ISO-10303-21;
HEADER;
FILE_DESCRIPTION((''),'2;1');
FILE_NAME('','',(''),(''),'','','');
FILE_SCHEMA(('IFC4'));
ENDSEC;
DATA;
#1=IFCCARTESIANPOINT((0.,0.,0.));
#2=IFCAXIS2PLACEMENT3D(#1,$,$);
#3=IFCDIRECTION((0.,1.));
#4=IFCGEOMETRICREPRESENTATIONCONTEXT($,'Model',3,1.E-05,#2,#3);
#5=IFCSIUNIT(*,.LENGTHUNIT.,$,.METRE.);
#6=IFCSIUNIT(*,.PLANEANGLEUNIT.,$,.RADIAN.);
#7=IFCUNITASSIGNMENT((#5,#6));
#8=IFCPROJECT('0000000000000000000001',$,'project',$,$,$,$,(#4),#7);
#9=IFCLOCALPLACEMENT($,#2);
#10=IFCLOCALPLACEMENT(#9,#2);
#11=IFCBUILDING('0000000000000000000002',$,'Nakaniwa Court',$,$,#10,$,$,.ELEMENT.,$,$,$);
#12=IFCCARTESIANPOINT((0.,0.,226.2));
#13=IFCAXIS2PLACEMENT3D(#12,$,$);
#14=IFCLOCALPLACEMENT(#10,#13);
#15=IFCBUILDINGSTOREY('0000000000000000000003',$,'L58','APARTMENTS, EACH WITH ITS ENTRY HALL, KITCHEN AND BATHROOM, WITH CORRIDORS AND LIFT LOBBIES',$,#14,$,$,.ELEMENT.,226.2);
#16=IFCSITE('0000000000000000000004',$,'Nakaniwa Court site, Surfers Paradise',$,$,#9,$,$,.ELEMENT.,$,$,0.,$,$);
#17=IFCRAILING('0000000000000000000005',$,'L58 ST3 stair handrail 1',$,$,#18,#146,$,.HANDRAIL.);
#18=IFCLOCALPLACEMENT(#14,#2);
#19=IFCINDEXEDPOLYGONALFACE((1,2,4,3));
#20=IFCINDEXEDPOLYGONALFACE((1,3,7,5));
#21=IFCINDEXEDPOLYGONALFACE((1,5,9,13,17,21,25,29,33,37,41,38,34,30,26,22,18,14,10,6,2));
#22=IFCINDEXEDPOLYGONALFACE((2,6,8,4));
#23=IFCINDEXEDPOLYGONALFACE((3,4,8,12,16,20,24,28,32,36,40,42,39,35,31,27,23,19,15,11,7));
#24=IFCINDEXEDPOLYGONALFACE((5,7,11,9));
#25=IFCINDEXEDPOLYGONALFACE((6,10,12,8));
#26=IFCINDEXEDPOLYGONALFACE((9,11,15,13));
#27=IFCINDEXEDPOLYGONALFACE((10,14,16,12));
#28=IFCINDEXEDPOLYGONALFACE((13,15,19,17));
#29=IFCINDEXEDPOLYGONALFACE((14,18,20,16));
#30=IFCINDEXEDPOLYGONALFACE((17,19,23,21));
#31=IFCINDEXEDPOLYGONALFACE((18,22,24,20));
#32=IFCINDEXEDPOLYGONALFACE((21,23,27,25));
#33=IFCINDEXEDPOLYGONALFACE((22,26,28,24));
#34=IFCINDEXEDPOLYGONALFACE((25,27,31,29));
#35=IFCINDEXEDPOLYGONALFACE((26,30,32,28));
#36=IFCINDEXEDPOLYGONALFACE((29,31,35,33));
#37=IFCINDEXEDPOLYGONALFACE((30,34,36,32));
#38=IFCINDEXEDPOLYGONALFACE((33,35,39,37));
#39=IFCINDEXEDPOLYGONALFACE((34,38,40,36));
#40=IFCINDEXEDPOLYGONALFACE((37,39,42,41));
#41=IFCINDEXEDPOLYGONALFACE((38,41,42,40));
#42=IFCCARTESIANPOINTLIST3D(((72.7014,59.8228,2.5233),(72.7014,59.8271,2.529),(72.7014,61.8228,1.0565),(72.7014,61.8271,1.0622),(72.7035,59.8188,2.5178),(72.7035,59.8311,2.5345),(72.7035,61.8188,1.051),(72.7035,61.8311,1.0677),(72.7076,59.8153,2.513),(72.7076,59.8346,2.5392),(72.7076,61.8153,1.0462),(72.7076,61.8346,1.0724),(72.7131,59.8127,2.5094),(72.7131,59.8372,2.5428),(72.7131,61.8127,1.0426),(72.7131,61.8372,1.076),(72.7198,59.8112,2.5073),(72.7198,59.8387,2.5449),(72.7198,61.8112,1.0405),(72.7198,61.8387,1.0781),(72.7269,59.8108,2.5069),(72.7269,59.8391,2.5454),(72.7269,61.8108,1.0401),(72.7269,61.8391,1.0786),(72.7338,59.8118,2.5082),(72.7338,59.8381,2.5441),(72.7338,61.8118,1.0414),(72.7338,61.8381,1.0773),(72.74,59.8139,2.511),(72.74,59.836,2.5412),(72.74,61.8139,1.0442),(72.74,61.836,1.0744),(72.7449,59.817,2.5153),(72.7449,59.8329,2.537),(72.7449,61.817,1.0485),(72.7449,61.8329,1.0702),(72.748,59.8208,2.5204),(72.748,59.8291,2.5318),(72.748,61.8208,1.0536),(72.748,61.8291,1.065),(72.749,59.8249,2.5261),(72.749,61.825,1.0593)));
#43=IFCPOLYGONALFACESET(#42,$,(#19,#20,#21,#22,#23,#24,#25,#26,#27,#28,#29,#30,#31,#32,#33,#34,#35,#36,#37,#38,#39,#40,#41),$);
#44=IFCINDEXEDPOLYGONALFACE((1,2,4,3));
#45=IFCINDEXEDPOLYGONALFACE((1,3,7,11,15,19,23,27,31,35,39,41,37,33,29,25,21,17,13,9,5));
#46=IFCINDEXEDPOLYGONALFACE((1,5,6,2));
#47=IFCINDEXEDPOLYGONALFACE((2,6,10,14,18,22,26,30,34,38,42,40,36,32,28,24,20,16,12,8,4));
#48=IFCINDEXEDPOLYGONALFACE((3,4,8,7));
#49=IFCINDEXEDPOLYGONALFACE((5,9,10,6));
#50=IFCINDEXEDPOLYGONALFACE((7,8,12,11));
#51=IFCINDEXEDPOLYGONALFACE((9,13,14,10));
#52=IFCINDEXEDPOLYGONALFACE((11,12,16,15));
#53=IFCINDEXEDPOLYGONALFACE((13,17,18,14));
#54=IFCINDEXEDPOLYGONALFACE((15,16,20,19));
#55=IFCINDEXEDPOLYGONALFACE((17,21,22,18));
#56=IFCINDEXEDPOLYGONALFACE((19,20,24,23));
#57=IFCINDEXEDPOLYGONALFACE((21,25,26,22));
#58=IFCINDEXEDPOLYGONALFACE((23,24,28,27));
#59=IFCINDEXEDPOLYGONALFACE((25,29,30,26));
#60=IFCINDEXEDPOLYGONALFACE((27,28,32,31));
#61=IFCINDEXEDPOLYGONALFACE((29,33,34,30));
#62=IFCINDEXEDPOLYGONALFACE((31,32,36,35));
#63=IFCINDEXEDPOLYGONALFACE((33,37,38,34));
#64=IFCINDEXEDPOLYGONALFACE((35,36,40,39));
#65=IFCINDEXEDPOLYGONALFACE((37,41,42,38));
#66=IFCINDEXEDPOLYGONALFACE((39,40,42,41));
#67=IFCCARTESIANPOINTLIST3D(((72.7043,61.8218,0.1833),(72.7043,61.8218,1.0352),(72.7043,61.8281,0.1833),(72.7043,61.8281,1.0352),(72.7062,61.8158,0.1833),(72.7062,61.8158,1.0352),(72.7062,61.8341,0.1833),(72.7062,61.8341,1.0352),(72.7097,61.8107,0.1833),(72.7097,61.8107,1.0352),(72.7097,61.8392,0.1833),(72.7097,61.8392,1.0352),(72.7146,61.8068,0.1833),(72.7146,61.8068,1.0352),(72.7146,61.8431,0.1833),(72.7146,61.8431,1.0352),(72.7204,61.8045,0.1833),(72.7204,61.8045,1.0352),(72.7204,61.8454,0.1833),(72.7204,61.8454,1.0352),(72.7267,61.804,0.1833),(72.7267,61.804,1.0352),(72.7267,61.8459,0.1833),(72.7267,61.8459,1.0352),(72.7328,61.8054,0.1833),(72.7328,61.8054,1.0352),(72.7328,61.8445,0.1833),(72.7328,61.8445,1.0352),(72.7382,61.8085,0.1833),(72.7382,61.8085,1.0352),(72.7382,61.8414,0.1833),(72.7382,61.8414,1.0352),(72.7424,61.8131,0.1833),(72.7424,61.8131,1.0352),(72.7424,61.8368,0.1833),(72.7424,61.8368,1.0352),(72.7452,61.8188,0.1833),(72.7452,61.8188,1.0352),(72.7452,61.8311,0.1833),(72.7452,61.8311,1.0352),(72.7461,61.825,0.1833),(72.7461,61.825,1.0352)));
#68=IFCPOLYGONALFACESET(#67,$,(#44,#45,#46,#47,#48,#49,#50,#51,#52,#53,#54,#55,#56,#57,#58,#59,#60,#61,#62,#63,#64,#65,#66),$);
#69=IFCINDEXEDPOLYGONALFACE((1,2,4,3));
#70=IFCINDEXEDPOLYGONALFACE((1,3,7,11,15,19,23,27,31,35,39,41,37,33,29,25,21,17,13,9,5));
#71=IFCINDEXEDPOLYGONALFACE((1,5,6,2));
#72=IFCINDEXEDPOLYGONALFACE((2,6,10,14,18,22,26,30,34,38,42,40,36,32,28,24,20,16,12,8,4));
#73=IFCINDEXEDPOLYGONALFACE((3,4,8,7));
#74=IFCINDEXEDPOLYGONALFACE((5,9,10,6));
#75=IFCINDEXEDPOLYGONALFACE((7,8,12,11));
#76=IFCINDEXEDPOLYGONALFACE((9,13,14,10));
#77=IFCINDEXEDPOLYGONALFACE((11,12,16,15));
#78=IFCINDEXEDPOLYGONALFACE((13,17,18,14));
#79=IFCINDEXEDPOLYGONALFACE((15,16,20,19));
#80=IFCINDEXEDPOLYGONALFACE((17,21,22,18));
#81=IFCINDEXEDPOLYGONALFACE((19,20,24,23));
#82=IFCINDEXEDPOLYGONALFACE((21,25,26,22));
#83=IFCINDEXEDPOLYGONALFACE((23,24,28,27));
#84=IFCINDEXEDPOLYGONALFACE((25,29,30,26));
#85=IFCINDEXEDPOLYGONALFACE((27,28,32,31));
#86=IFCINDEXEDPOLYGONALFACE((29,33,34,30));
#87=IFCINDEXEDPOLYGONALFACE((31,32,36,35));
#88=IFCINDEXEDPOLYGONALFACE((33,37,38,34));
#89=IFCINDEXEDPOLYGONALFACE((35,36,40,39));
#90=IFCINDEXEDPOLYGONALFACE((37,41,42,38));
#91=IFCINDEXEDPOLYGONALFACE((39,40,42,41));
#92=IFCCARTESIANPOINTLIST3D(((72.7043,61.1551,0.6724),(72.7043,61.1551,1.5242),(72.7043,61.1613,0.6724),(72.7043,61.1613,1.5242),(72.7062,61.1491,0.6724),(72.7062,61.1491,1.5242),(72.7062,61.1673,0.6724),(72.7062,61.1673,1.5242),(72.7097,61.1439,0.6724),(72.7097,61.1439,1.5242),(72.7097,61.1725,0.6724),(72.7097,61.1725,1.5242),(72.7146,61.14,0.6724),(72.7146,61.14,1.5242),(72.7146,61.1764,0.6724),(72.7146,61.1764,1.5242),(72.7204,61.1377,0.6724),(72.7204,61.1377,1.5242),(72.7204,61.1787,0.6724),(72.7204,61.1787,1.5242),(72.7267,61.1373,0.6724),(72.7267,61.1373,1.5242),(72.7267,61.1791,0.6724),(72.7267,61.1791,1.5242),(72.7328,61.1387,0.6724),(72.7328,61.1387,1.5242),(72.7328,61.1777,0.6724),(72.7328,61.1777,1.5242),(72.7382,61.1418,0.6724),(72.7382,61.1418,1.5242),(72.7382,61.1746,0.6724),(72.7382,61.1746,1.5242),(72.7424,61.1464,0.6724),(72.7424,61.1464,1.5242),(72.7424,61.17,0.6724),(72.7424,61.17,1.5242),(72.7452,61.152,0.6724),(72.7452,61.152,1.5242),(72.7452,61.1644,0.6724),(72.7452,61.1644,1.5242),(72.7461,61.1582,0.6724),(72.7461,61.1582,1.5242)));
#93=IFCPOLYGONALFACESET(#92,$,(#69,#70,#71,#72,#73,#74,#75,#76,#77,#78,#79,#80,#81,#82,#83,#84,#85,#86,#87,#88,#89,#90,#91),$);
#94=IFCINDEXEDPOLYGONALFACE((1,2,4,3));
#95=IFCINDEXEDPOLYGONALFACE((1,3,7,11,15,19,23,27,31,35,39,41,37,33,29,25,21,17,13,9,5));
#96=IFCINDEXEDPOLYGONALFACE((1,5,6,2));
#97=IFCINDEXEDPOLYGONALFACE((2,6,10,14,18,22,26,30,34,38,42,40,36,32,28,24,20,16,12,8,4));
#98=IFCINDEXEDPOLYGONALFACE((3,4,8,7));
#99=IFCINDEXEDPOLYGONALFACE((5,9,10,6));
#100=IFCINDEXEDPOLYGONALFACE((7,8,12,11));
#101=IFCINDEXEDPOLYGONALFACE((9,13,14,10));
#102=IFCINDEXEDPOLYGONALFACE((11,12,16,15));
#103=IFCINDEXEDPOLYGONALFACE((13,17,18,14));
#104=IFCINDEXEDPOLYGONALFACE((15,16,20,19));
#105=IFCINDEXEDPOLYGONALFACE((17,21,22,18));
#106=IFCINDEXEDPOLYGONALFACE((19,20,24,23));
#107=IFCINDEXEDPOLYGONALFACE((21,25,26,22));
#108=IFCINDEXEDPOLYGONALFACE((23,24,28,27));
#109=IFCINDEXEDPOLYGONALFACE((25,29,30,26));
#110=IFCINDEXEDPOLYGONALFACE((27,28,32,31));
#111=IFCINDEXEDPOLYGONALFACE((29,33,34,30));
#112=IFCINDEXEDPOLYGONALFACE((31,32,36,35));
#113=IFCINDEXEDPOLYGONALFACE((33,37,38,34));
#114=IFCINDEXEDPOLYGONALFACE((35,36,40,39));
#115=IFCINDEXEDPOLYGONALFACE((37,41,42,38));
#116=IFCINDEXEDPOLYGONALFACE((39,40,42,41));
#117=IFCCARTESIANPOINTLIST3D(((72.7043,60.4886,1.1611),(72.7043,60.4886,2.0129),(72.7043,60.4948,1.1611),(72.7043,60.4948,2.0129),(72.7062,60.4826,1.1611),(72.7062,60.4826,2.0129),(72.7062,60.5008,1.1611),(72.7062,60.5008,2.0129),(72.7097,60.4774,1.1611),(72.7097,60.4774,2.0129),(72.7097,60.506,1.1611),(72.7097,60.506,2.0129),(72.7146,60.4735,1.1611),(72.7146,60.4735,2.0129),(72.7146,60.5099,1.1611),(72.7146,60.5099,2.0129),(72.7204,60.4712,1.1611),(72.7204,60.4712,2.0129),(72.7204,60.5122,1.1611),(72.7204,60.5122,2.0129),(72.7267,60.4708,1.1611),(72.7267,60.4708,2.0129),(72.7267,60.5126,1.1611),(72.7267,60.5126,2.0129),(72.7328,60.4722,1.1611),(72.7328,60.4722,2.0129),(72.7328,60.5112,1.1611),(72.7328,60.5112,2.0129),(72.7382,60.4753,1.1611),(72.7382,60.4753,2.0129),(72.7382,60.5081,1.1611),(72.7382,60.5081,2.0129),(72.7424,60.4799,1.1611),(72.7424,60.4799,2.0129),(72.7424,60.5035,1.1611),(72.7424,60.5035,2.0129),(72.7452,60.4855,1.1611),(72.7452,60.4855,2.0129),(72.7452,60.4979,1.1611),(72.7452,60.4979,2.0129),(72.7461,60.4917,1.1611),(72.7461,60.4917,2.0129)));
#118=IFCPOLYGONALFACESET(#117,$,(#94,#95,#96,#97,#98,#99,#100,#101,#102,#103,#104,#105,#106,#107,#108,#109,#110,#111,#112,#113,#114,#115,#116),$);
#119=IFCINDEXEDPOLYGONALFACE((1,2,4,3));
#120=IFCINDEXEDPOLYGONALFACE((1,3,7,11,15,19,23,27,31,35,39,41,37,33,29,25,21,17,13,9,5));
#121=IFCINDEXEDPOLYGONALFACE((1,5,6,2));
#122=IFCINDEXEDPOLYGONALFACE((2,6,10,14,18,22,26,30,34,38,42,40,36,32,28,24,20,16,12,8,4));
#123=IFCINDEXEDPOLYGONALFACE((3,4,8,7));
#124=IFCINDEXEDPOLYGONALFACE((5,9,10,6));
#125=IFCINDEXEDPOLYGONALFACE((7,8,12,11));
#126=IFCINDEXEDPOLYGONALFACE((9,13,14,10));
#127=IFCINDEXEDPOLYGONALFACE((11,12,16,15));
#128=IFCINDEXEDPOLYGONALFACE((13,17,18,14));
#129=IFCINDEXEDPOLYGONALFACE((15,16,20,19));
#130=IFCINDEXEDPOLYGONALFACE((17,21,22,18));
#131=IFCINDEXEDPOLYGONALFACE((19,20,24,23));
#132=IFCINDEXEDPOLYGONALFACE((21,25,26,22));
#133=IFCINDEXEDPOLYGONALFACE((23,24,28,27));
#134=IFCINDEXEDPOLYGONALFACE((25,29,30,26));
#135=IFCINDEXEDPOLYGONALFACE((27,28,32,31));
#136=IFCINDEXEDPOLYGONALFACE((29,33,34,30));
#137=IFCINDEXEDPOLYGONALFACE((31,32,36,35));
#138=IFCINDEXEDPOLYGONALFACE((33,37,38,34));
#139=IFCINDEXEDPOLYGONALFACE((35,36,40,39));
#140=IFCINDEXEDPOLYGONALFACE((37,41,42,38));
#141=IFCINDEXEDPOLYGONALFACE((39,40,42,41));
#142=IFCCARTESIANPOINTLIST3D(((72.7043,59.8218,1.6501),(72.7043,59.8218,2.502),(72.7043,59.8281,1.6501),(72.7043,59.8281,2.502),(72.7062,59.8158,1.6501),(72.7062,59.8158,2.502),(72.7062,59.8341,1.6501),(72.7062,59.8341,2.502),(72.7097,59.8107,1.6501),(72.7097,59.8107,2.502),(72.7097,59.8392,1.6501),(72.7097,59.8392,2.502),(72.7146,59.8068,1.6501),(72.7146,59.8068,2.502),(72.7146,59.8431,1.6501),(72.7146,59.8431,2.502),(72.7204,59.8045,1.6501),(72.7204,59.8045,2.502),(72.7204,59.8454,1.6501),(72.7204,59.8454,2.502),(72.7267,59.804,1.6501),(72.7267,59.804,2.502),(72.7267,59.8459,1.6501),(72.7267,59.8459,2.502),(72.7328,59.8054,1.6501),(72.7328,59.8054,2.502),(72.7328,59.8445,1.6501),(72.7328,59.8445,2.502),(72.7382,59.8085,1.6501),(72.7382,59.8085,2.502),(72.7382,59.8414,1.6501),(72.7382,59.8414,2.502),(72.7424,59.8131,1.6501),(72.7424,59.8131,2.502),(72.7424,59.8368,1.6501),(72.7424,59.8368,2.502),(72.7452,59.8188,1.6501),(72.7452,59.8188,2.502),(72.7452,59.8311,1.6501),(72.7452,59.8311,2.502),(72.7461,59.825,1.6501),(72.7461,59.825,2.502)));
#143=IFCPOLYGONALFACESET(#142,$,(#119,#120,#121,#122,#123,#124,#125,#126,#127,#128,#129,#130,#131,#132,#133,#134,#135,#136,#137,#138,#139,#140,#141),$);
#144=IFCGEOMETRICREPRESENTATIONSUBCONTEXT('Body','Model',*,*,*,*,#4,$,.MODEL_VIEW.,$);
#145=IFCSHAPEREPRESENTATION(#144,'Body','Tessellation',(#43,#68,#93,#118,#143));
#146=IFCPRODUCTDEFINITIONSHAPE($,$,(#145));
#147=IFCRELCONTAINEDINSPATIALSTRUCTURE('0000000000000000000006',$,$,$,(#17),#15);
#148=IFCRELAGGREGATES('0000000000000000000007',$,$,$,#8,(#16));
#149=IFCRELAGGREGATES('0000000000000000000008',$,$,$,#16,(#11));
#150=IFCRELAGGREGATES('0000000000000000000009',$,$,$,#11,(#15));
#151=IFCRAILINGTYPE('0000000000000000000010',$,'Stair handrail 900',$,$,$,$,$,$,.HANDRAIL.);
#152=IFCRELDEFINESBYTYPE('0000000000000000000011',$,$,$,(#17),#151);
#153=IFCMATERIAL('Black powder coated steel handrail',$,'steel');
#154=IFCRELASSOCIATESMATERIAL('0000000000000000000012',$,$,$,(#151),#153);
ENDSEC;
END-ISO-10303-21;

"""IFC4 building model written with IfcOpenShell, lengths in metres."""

from ifc_helpers import new_model, si_unit, direction, frame, origin, origin_2d, place, context, subcontext, project, spatial, circle, extrude, material, type_object, element, save


model = new_model("IFC4")

# Units and contexts
model_context = context("Model", 3, precision=1e-05, world=origin(), true_north=direction((0.0, 1.0)))
body_context = subcontext(model_context, "Body", "Model", "MODEL_VIEW")
ifc_project = project(units=[si_unit("LENGTHUNIT", "METRE"), si_unit("PLANEANGLEUNIT", "RADIAN")], contexts=[model_context])

# Site, building, storey
site_placement = place(None, origin())
site = spatial("IfcSite", under=ifc_project, at=site_placement, Name="Nakaniwa Court site, Surfers Paradise", CompositionType="ELEMENT", RefElevation=0.0)
building_placement = place(site_placement, origin())
building = spatial("IfcBuilding", under=site, at=building_placement, Name="Nakaniwa Court", CompositionType="ELEMENT")
storey_placement = place(building_placement, frame((0.0, 0.0, 226.2)))
storey = spatial("IfcBuildingStorey", under=building, at=storey_placement, Name="L58", Description="APARTMENTS, EACH WITH ITS ENTRY HALL, KITCHEN AND BATHROOM, WITH CORRIDORS AND LIFT LOBBIES", CompositionType="ELEMENT", Elevation=226.2)

# Railing
ifc_material_1 = material(Name="Black powder coated steel handrail", Category="steel")
railing_type_1 = type_object("IfcRailingType", Name="Stair handrail 900", PredefinedType="HANDRAIL", material=ifc_material_1)
railing_1_placement = place(storey_placement, frame((72.7251, 61.825, 0.1833)))
element("IfcRailing", 1, at=railing_1_placement, inside=storey, type_object=railing_type_1, Name="L58 ST3 stair handrail 1", PredefinedType="HANDRAIL", context=body_context, shape_type="SweptSolid", body=[
    extrude(circle(Radius=0.0239, at=origin_2d()), frame((0.0, 0.0, 0.876), z_axis=(0.0, -0.80638, 0.591398), x_axis=(1.0, 0.0, 0.0)), (0.0, 0.0, 1.0), 2.4802),
    extrude(circle(Radius=0.021, at=origin_2d()), origin(), (0.0, 0.0, 1.0), 0.8518),
    extrude(circle(Radius=0.021, at=origin_2d()), frame((0.0, -0.6667, 0.489)), (0.0, 0.0, 1.0), 0.8518),
    extrude(circle(Radius=0.021, at=origin_2d()), frame((0.0, -1.3333, 0.9778)), (0.0, 0.0, 1.0), 0.8518),
    extrude(circle(Radius=0.021, at=origin_2d()), frame((0.0, -2.0, 1.4668)), (0.0, 0.0, 1.0), 0.8518),
])

save(model, "model.ifc")
